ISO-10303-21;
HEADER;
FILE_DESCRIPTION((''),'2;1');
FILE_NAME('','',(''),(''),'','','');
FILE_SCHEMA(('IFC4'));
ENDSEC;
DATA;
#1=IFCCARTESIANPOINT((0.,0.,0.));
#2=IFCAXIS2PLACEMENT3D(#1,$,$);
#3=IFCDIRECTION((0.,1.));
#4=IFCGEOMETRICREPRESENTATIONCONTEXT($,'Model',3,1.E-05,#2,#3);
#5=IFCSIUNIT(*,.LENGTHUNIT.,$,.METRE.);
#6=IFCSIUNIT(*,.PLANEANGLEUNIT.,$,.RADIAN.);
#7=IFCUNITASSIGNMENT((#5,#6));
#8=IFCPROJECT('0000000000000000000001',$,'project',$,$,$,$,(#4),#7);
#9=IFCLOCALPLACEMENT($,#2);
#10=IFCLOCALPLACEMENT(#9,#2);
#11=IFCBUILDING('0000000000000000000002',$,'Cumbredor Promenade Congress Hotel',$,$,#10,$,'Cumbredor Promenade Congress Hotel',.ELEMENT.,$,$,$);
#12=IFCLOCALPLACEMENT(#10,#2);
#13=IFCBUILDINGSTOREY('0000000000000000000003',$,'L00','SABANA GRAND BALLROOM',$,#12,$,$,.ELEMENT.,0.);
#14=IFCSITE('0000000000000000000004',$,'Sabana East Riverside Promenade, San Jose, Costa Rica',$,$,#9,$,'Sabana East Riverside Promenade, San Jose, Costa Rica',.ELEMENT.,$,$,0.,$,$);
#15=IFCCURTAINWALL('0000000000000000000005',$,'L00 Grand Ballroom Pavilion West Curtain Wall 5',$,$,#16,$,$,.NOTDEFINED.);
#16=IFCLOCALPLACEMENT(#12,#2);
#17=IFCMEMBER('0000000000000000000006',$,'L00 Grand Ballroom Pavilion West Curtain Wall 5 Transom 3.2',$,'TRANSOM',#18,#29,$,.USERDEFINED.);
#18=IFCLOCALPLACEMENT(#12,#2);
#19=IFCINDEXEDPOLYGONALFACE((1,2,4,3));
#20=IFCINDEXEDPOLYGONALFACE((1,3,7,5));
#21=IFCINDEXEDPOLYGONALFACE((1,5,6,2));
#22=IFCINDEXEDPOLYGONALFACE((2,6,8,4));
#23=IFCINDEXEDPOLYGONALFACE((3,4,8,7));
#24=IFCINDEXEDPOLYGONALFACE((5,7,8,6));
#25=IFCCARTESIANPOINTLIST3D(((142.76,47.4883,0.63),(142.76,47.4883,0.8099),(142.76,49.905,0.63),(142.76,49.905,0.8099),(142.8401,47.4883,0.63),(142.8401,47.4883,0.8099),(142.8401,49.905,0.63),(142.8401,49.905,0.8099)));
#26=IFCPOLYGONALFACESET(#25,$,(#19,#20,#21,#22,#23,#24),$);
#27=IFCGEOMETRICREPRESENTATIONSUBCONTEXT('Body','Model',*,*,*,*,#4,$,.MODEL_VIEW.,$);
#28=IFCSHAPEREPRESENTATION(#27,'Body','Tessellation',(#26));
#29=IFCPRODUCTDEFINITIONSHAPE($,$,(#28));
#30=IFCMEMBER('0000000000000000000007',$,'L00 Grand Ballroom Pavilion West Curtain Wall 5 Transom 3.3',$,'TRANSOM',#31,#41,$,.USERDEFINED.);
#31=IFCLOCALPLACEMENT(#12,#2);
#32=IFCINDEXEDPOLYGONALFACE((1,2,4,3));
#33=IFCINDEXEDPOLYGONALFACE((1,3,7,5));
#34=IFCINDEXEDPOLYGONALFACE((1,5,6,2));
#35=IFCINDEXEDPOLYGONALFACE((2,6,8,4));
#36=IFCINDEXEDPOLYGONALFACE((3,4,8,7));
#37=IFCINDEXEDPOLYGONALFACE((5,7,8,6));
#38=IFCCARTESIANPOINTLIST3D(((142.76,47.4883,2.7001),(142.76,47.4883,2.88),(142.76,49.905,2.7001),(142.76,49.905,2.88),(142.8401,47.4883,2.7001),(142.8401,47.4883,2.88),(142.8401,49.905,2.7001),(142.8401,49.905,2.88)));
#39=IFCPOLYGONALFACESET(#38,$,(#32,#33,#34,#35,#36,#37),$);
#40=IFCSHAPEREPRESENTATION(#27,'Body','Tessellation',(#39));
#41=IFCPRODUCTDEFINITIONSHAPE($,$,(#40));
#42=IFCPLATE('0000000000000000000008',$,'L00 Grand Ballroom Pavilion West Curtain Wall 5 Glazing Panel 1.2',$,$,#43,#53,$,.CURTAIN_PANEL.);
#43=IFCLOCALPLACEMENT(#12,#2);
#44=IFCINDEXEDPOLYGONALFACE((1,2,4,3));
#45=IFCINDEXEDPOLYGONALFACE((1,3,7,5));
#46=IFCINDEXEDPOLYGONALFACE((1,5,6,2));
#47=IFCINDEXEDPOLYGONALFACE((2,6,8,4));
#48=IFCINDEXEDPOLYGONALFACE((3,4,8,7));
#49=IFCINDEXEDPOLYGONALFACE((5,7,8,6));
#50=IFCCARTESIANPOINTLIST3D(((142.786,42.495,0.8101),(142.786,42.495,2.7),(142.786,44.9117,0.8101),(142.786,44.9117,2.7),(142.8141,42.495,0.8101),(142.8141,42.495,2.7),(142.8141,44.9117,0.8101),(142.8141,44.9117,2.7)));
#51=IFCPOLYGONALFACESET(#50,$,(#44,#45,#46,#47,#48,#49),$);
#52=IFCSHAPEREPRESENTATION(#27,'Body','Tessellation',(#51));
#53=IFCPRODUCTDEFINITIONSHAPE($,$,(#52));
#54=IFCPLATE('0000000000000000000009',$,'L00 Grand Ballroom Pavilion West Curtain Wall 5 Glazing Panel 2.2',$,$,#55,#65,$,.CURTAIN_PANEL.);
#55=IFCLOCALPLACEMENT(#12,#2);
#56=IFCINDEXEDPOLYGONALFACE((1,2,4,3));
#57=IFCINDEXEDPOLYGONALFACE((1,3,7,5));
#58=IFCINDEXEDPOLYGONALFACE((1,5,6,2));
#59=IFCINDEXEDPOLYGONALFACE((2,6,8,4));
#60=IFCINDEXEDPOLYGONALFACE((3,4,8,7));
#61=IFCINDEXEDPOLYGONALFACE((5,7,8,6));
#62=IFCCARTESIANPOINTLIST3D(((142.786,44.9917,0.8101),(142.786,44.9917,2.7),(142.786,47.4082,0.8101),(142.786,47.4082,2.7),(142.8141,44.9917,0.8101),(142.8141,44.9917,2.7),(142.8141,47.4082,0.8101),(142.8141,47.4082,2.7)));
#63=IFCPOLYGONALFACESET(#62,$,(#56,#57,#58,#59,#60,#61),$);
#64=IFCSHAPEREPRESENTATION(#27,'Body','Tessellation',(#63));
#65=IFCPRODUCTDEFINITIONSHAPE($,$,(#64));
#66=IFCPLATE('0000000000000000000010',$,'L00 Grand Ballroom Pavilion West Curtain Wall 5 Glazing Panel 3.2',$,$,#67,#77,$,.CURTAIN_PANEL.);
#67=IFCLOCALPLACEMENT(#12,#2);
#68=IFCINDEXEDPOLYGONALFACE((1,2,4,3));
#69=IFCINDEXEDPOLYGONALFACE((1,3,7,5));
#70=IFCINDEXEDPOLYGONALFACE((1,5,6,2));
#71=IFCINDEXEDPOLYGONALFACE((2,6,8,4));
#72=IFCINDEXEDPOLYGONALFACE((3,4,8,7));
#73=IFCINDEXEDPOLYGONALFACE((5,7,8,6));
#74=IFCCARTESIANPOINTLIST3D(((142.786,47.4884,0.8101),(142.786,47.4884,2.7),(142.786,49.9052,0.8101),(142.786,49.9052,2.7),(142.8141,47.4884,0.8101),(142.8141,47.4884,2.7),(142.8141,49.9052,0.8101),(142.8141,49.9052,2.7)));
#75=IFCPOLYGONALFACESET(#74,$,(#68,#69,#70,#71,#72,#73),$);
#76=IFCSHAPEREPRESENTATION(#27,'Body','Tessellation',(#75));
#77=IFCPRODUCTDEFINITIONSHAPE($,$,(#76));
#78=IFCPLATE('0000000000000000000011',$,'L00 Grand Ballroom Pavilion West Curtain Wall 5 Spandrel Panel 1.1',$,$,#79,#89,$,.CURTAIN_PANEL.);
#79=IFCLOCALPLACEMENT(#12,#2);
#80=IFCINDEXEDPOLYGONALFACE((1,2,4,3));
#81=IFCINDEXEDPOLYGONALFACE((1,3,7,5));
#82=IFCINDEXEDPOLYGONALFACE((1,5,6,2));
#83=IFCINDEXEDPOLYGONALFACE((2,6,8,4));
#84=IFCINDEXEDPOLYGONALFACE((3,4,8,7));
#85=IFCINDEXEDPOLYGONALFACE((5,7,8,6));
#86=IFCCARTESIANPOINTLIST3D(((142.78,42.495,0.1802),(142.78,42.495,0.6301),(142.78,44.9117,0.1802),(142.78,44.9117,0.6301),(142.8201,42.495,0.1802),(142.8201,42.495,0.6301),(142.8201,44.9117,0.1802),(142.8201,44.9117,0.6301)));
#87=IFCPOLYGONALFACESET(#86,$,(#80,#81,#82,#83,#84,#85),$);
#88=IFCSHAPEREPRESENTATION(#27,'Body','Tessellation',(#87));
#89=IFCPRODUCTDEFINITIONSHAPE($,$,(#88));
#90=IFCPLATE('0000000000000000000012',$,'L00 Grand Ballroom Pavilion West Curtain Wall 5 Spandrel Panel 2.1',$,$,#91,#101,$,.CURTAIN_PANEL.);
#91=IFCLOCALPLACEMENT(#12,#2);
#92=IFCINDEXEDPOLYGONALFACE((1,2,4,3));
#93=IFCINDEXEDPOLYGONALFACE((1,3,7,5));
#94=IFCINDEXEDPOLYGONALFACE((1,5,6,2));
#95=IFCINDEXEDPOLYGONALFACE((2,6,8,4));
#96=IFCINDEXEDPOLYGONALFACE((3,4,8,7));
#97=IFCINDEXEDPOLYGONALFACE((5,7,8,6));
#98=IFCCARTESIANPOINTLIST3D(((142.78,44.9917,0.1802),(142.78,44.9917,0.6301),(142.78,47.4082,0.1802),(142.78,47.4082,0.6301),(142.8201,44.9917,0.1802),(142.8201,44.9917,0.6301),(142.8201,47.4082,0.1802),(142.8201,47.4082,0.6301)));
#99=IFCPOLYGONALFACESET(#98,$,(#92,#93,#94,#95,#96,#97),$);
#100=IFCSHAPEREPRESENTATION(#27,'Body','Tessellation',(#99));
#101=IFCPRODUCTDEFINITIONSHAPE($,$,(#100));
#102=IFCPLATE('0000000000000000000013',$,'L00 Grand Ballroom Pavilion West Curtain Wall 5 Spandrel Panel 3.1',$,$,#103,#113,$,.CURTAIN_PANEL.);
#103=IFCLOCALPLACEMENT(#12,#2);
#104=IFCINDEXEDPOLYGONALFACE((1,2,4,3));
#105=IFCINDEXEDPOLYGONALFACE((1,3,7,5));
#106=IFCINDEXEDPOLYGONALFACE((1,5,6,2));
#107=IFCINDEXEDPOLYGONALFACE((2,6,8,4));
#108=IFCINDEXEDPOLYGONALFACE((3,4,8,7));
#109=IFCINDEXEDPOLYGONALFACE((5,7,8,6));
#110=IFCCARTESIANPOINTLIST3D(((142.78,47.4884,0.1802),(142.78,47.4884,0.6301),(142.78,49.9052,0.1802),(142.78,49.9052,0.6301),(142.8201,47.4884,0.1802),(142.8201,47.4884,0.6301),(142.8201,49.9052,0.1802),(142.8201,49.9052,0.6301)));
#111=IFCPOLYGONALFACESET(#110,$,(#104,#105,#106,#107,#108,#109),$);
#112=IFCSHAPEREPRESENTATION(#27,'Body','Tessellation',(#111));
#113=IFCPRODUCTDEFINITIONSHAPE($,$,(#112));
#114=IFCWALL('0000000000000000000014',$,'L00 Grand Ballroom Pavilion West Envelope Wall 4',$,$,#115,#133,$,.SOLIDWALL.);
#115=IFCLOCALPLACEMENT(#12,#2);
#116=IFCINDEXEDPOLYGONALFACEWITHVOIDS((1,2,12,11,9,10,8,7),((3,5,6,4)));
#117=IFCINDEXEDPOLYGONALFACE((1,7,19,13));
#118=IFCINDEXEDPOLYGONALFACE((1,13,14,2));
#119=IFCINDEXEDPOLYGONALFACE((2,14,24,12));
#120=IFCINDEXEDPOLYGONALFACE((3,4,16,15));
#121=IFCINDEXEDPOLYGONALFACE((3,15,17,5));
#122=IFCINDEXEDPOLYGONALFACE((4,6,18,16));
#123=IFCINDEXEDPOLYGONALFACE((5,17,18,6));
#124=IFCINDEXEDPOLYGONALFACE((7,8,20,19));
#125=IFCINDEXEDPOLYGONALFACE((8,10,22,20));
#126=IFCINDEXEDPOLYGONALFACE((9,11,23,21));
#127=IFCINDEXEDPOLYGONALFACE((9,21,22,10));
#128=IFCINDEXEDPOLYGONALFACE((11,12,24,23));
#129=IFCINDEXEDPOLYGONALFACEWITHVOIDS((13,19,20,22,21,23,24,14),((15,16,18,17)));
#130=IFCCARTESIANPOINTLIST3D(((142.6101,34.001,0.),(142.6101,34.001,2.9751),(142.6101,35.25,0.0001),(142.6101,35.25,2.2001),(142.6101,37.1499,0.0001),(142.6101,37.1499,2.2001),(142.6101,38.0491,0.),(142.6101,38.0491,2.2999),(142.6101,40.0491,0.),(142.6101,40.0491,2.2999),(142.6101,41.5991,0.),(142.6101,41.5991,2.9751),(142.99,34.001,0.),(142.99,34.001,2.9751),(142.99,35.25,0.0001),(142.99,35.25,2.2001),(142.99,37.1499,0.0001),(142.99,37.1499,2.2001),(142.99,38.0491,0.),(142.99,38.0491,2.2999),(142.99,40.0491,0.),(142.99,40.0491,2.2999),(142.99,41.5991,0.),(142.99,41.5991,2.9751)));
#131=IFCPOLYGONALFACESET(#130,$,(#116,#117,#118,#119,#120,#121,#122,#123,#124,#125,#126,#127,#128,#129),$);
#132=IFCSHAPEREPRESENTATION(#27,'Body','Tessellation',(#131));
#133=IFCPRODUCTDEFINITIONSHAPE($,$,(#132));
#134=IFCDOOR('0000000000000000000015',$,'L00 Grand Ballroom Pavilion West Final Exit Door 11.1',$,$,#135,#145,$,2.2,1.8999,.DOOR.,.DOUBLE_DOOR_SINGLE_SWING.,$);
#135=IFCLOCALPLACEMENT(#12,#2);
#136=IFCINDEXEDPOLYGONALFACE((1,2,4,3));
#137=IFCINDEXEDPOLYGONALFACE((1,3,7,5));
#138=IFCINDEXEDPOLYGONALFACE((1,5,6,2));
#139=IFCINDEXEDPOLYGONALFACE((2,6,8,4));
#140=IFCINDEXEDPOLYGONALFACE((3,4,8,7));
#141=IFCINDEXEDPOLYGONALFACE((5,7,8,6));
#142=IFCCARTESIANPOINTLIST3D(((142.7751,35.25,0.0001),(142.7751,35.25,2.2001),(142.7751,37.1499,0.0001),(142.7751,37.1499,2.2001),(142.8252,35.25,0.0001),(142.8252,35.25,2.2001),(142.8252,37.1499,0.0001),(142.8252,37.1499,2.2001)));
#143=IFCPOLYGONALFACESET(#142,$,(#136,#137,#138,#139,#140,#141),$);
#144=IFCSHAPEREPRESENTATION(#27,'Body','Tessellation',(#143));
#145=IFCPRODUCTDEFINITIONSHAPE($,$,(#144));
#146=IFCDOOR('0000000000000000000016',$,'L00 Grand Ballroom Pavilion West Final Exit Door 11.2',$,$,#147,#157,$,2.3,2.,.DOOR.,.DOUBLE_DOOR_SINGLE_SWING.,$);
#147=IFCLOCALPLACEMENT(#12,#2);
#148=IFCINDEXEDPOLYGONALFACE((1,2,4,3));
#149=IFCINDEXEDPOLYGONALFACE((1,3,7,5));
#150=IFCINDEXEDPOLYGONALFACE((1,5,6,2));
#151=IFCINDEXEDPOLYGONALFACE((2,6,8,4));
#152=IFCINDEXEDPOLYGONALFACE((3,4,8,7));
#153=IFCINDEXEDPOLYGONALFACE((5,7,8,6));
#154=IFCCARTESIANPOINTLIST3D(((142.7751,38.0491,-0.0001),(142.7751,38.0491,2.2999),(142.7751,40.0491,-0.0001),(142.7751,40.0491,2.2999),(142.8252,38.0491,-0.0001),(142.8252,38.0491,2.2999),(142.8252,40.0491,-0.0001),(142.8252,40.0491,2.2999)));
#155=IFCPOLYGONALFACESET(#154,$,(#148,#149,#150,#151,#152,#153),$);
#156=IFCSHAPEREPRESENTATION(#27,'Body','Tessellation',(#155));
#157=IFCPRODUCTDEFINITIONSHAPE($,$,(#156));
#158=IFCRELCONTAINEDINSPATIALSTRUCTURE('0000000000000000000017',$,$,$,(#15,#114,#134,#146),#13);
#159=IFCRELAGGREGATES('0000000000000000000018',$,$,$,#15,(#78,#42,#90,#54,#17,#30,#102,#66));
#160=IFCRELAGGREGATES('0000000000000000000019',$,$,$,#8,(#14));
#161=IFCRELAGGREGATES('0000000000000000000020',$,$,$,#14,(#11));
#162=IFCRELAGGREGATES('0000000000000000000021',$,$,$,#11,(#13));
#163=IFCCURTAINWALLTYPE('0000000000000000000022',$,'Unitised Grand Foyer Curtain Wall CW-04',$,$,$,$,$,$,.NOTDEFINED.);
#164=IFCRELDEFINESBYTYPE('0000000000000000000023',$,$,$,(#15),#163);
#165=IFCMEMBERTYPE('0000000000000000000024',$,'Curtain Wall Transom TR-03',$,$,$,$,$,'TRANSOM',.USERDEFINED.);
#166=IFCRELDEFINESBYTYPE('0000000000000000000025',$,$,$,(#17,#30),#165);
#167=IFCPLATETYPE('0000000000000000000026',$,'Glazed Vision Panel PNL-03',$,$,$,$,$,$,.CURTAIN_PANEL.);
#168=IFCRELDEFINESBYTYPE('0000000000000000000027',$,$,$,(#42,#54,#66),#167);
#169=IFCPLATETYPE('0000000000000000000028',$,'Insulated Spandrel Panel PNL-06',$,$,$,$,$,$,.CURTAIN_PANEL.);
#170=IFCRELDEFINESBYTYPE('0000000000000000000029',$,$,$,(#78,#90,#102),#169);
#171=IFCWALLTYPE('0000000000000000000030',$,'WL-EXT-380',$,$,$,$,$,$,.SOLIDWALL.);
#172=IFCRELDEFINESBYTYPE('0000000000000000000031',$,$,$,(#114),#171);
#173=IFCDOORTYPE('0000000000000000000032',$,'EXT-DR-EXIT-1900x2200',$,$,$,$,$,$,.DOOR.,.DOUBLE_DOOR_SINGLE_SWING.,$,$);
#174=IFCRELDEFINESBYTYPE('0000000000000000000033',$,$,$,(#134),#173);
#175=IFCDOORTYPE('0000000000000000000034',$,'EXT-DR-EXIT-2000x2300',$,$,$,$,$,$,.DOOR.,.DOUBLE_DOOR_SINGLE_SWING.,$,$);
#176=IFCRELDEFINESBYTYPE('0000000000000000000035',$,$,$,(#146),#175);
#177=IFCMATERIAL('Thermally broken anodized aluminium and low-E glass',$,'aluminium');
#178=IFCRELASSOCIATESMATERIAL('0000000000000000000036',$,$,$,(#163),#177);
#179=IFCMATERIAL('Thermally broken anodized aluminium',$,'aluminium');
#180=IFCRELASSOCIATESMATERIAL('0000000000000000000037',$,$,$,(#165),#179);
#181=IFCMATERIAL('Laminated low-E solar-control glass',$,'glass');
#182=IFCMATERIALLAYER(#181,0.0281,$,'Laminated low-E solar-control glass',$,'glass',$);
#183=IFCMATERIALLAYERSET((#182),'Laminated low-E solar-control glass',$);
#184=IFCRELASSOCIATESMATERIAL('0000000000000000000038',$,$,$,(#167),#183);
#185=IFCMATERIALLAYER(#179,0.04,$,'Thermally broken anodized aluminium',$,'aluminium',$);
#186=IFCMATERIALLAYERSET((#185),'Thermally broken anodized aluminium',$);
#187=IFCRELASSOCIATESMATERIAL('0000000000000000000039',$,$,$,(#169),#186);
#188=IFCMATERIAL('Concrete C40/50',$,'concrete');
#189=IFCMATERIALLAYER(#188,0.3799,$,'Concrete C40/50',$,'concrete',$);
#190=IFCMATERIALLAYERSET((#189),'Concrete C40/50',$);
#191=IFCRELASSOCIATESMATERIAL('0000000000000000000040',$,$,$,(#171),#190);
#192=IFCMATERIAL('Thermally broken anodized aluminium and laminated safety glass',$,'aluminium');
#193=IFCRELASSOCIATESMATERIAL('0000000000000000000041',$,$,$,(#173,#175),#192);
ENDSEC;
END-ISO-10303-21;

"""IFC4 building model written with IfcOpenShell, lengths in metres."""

from ifc_helpers import new_model, si_unit, direction, frame, frame_2d, origin, origin_2d, place, context, subcontext, project, spatial, rectangle, extrude, material, layer, layer_set, material_profile, profile_set, type_object, element, fill, aggregate, save


model = new_model("IFC4")

# Units and contexts
model_context = context("Model", 3, precision=1e-05, world=origin(), true_north=direction((0.0, 1.0)))
body_context = subcontext(model_context, "Body", "Model", "MODEL_VIEW")
ifc_project = project(units=[si_unit("LENGTHUNIT", "METRE"), si_unit("PLANEANGLEUNIT", "RADIAN")], contexts=[model_context])

# Site, building, storey
site_placement = place(None, origin())
site = spatial("IfcSite", under=ifc_project, at=site_placement, Name="Sabana East Riverside Promenade, San Jose, Costa Rica", LongName="Sabana East Riverside Promenade, San Jose, Costa Rica", CompositionType="ELEMENT", RefElevation=0.0)
building_placement = place(site_placement, origin())
building = spatial("IfcBuilding", under=site, at=building_placement, Name="Cumbredor Promenade Congress Hotel", LongName="Cumbredor Promenade Congress Hotel", CompositionType="ELEMENT")
storey_placement = place(building_placement, origin())
storey = spatial("IfcBuildingStorey", under=building, at=storey_placement, Name="L00", Description="SABANA GRAND BALLROOM", CompositionType="ELEMENT", Elevation=0.0)

# Shared definitions
ifc_material_1 = material(Name="Concrete C40/50", Category="concrete")

# Curtain wall, members, plates
ifc_material_2 = material(Name="Thermally broken anodized aluminium and low-E glass", Category="aluminium")
curtain_wall_type = type_object("IfcCurtainWallType", Name="Unitised Grand Foyer Curtain Wall CW-04", PredefinedType="NOTDEFINED", material=ifc_material_2)
curtain_wall_placement = place(storey_placement, origin())
curtain_wall = element("IfcCurtainWall", 1, at=curtain_wall_placement, inside=storey, type_object=curtain_wall_type, Name="L00 Grand Ballroom Pavilion West Curtain Wall 5", PredefinedType="NOTDEFINED")
ifc_material_3 = material(Name="Thermally broken anodized aluminium", Category="aluminium")
ifc_material_profile_1 = material_profile(ifc_material_3, rectangle(XDim=0.0801, YDim=0.1799, at=origin_2d()), Name="ALU TRANSOM 80x180")
ifc_profile_set_1 = profile_set([ifc_material_profile_1], Name="Thermally broken anodized aluminium")
member_type_1 = type_object("IfcMemberType", Name="Curtain Wall Transom TR-03", ElementType="TRANSOM", PredefinedType="USERDEFINED", material=ifc_profile_set_1)
member_1_placement = place(storey_placement, frame((142.8, 47.4883, 0.72), z_axis=(0.0, 1.0, 0.0), x_axis=(-1.0, 0.0, 0.0)))
member_1 = element("IfcMember", 2, at=member_1_placement, type_object=member_type_1, Name="L00 Grand Ballroom Pavilion West Curtain Wall 5 Transom 3.2", ObjectType="TRANSOM", PredefinedType="USERDEFINED", context=body_context, shape_type="SweptSolid", body=[
    extrude(rectangle(XDim=0.0801, YDim=0.1799, at=origin_2d()), origin(), (0.0, 0.0, 1.0), 2.4167),
])
member_2_placement = place(storey_placement, frame((142.8, 47.4883, 2.79), z_axis=(0.0, 1.0, 0.0), x_axis=(-1.0, 0.0, 0.0)))
member_2 = element("IfcMember", 3, at=member_2_placement, type_object=member_type_1, Name="L00 Grand Ballroom Pavilion West Curtain Wall 5 Transom 3.3", ObjectType="TRANSOM", PredefinedType="USERDEFINED", context=body_context, shape_type="SweptSolid", body=[
    extrude(rectangle(XDim=0.0801, YDim=0.1799, at=origin_2d()), origin(), (0.0, 0.0, 1.0), 2.4167),
])
ifc_material_4 = material(Name="Laminated low-E solar-control glass", Category="glass")
ifc_layer_1 = layer(ifc_material_4, 0.0281, Name="Laminated low-E solar-control glass", Category="glass")
ifc_layer_set_1 = layer_set([ifc_layer_1], Name="Laminated low-E solar-control glass")
plate_type_1 = type_object("IfcPlateType", Name="Glazed Vision Panel PNL-03", PredefinedType="CURTAIN_PANEL", material=ifc_layer_set_1)
plate_1_placement = place(storey_placement, frame((142.8, 43.7034, 0.8101), z_axis=(0.0, 0.0, 1.0), x_axis=(0.0, 1.0, 0.0)))
plate_1 = element("IfcPlate", 4, at=plate_1_placement, type_object=plate_type_1, Name="L00 Grand Ballroom Pavilion West Curtain Wall 5 Glazing Panel 1.2", PredefinedType="CURTAIN_PANEL", context=body_context, shape_type="SweptSolid", body=[
    extrude(rectangle(XDim=2.4167, YDim=0.0281, at=origin_2d()), origin(), (0.0, 0.0, 1.0), 1.8899),
])
plate_2_placement = place(storey_placement, frame((142.8, 46.2, 0.8101), z_axis=(0.0, 0.0, 1.0), x_axis=(0.0, 1.0, 0.0)))
plate_2 = element("IfcPlate", 5, at=plate_2_placement, type_object=plate_type_1, Name="L00 Grand Ballroom Pavilion West Curtain Wall 5 Glazing Panel 2.2", PredefinedType="CURTAIN_PANEL", context=body_context, shape_type="SweptSolid", body=[
    extrude(rectangle(XDim=2.4165, YDim=0.0281, at=origin_2d()), origin(), (0.0, 0.0, 1.0), 1.8899),
])
plate_3_placement = place(storey_placement, frame((142.8, 48.6968, 0.8101), z_axis=(0.0, 0.0, 1.0), x_axis=(0.0, 1.0, 0.0)))
plate_3 = element("IfcPlate", 6, at=plate_3_placement, type_object=plate_type_1, Name="L00 Grand Ballroom Pavilion West Curtain Wall 5 Glazing Panel 3.2", PredefinedType="CURTAIN_PANEL", context=body_context, shape_type="SweptSolid", body=[
    extrude(rectangle(XDim=2.4167, YDim=0.0281, at=origin_2d()), origin(), (0.0, 0.0, 1.0), 1.8899),
])
ifc_layer_2 = layer(ifc_material_3, 0.04, Name="Thermally broken anodized aluminium", Category="aluminium")
ifc_layer_set_2 = layer_set([ifc_layer_2], Name="Thermally broken anodized aluminium")
plate_type_2 = type_object("IfcPlateType", Name="Insulated Spandrel Panel PNL-06", PredefinedType="CURTAIN_PANEL", material=ifc_layer_set_2)
plate_4_placement = place(storey_placement, frame((142.8, 43.7034, 0.1802), z_axis=(0.0, 0.0, 1.0), x_axis=(0.0, 1.0, 0.0)))
plate_4 = element("IfcPlate", 7, at=plate_4_placement, type_object=plate_type_2, Name="L00 Grand Ballroom Pavilion West Curtain Wall 5 Spandrel Panel 1.1", PredefinedType="CURTAIN_PANEL", context=body_context, shape_type="SweptSolid", body=[
    extrude(rectangle(XDim=2.4167, YDim=0.04, at=origin_2d()), origin(), (0.0, 0.0, 1.0), 0.45),
])
plate_5_placement = place(storey_placement, frame((142.8, 46.2, 0.1802), z_axis=(0.0, 0.0, 1.0), x_axis=(0.0, 1.0, 0.0)))
plate_5 = element("IfcPlate", 8, at=plate_5_placement, type_object=plate_type_2, Name="L00 Grand Ballroom Pavilion West Curtain Wall 5 Spandrel Panel 2.1", PredefinedType="CURTAIN_PANEL", context=body_context, shape_type="SweptSolid", body=[
    extrude(rectangle(XDim=2.4165, YDim=0.04, at=origin_2d()), origin(), (0.0, 0.0, 1.0), 0.45),
])
plate_6_placement = place(storey_placement, frame((142.8, 48.6968, 0.1802), z_axis=(0.0, 0.0, 1.0), x_axis=(0.0, 1.0, 0.0)))
plate_6 = element("IfcPlate", 9, at=plate_6_placement, type_object=plate_type_2, Name="L00 Grand Ballroom Pavilion West Curtain Wall 5 Spandrel Panel 3.1", PredefinedType="CURTAIN_PANEL", context=body_context, shape_type="SweptSolid", body=[
    extrude(rectangle(XDim=2.4167, YDim=0.04, at=origin_2d()), origin(), (0.0, 0.0, 1.0), 0.45),
])
aggregate(curtain_wall, [plate_4, plate_1, plate_5, plate_2, member_1, member_2, plate_6, plate_3])

# Wall, openings, doors
ifc_layer_3 = layer(ifc_material_1, 0.3799, Name="Concrete C40/50", Category="concrete")
ifc_layer_set_3 = layer_set([ifc_layer_3], Name="Concrete C40/50")
wall_type = type_object("IfcWallType", Name="WL-EXT-380", PredefinedType="SOLIDWALL", material=ifc_layer_set_3)
wall_placement = place(storey_placement, frame((142.8, 34.001, 0.0), z_axis=(0.0, 0.0, 1.0), x_axis=(0.0, 1.0, 0.0)))
wall = element("IfcWall", 10, at=wall_placement, inside=storey, type_object=wall_type, Name="L00 Grand Ballroom Pavilion West Envelope Wall 4", PredefinedType="SOLIDWALL", context=body_context, shape_type="SweptSolid", body=[
    extrude(rectangle(XDim=7.5981, YDim=0.3799, at=frame_2d((3.7991, 0.0))), origin(), (0.0, 0.0, 1.0), 2.9751),
])
opening_1_placement = place(wall_placement, frame((1.249, 0.0, 0.0)))
opening_1 = element("IfcOpeningElement", 11, at=opening_1_placement, cuts=wall, PredefinedType="OPENING", context=body_context, shape_type="SweptSolid", body=[
    extrude(rectangle(XDim=1.8999, YDim=2.2, at=frame_2d((0.95, 1.1001))), frame((0.0, 0.2, 0.0), z_axis=(0.0, -1.0, 0.0), x_axis=(1.0, 0.0, 0.0)), (0.0, 0.0, 1.0), 0.3999),
])
opening_2_placement = place(wall_placement, frame((4.0481, 0.0, 0.0)))
opening_2 = element("IfcOpeningElement", 12, at=opening_2_placement, cuts=wall, PredefinedType="OPENING", context=body_context, shape_type="SweptSolid", body=[
    extrude(rectangle(XDim=2.0, YDim=2.3, at=frame_2d((1.0, 1.1499))), frame((0.0, 0.2, 0.0), z_axis=(0.0, -1.0, 0.0), x_axis=(1.0, 0.0, 0.0)), (0.0, 0.0, 1.0), 0.3999),
])
ifc_material_5 = material(Name="Thermally broken anodized aluminium and laminated safety glass", Category="aluminium")
door_type_1 = type_object("IfcDoorType", Name="EXT-DR-EXIT-1900x2200", OperationType="DOUBLE_DOOR_SINGLE_SWING", PredefinedType="DOOR", material=ifc_material_5)
door_1_placement = place(opening_1_placement, origin())
door_1 = element("IfcDoor", 13, at=door_1_placement, inside=storey, type_object=door_type_1, Name="L00 Grand Ballroom Pavilion West Final Exit Door 11.1", OperationType="DOUBLE_DOOR_SINGLE_SWING", OverallHeight=2.2, OverallWidth=1.8999, PredefinedType="DOOR", context=body_context, shape_type="SweptSolid", body=[
    extrude(rectangle(XDim=1.8999, YDim=2.2, at=frame_2d((0.95, 1.1001))), frame((0.0, 0.0249, 0.0), z_axis=(0.0, -1.0, 0.0), x_axis=(1.0, 0.0, 0.0)), (0.0, 0.0, 1.0), 0.05),
])
fill(opening_1, door_1)
door_type_2 = type_object("IfcDoorType", Name="EXT-DR-EXIT-2000x2300", OperationType="DOUBLE_DOOR_SINGLE_SWING", PredefinedType="DOOR", material=ifc_material_5)
door_2_placement = place(opening_2_placement, origin())
door_2 = element("IfcDoor", 14, at=door_2_placement, inside=storey, type_object=door_type_2, Name="L00 Grand Ballroom Pavilion West Final Exit Door 11.2", OperationType="DOUBLE_DOOR_SINGLE_SWING", OverallHeight=2.3, OverallWidth=2.0, PredefinedType="DOOR", context=body_context, shape_type="SweptSolid", body=[
    extrude(rectangle(XDim=2.0, YDim=2.3, at=frame_2d((1.0, 1.1499))), frame((0.0, 0.0249, 0.0), z_axis=(0.0, -1.0, 0.0), x_axis=(1.0, 0.0, 0.0)), (0.0, 0.0, 1.0), 0.05),
])
fill(opening_2, door_2)

save(model, "model.ifc")
